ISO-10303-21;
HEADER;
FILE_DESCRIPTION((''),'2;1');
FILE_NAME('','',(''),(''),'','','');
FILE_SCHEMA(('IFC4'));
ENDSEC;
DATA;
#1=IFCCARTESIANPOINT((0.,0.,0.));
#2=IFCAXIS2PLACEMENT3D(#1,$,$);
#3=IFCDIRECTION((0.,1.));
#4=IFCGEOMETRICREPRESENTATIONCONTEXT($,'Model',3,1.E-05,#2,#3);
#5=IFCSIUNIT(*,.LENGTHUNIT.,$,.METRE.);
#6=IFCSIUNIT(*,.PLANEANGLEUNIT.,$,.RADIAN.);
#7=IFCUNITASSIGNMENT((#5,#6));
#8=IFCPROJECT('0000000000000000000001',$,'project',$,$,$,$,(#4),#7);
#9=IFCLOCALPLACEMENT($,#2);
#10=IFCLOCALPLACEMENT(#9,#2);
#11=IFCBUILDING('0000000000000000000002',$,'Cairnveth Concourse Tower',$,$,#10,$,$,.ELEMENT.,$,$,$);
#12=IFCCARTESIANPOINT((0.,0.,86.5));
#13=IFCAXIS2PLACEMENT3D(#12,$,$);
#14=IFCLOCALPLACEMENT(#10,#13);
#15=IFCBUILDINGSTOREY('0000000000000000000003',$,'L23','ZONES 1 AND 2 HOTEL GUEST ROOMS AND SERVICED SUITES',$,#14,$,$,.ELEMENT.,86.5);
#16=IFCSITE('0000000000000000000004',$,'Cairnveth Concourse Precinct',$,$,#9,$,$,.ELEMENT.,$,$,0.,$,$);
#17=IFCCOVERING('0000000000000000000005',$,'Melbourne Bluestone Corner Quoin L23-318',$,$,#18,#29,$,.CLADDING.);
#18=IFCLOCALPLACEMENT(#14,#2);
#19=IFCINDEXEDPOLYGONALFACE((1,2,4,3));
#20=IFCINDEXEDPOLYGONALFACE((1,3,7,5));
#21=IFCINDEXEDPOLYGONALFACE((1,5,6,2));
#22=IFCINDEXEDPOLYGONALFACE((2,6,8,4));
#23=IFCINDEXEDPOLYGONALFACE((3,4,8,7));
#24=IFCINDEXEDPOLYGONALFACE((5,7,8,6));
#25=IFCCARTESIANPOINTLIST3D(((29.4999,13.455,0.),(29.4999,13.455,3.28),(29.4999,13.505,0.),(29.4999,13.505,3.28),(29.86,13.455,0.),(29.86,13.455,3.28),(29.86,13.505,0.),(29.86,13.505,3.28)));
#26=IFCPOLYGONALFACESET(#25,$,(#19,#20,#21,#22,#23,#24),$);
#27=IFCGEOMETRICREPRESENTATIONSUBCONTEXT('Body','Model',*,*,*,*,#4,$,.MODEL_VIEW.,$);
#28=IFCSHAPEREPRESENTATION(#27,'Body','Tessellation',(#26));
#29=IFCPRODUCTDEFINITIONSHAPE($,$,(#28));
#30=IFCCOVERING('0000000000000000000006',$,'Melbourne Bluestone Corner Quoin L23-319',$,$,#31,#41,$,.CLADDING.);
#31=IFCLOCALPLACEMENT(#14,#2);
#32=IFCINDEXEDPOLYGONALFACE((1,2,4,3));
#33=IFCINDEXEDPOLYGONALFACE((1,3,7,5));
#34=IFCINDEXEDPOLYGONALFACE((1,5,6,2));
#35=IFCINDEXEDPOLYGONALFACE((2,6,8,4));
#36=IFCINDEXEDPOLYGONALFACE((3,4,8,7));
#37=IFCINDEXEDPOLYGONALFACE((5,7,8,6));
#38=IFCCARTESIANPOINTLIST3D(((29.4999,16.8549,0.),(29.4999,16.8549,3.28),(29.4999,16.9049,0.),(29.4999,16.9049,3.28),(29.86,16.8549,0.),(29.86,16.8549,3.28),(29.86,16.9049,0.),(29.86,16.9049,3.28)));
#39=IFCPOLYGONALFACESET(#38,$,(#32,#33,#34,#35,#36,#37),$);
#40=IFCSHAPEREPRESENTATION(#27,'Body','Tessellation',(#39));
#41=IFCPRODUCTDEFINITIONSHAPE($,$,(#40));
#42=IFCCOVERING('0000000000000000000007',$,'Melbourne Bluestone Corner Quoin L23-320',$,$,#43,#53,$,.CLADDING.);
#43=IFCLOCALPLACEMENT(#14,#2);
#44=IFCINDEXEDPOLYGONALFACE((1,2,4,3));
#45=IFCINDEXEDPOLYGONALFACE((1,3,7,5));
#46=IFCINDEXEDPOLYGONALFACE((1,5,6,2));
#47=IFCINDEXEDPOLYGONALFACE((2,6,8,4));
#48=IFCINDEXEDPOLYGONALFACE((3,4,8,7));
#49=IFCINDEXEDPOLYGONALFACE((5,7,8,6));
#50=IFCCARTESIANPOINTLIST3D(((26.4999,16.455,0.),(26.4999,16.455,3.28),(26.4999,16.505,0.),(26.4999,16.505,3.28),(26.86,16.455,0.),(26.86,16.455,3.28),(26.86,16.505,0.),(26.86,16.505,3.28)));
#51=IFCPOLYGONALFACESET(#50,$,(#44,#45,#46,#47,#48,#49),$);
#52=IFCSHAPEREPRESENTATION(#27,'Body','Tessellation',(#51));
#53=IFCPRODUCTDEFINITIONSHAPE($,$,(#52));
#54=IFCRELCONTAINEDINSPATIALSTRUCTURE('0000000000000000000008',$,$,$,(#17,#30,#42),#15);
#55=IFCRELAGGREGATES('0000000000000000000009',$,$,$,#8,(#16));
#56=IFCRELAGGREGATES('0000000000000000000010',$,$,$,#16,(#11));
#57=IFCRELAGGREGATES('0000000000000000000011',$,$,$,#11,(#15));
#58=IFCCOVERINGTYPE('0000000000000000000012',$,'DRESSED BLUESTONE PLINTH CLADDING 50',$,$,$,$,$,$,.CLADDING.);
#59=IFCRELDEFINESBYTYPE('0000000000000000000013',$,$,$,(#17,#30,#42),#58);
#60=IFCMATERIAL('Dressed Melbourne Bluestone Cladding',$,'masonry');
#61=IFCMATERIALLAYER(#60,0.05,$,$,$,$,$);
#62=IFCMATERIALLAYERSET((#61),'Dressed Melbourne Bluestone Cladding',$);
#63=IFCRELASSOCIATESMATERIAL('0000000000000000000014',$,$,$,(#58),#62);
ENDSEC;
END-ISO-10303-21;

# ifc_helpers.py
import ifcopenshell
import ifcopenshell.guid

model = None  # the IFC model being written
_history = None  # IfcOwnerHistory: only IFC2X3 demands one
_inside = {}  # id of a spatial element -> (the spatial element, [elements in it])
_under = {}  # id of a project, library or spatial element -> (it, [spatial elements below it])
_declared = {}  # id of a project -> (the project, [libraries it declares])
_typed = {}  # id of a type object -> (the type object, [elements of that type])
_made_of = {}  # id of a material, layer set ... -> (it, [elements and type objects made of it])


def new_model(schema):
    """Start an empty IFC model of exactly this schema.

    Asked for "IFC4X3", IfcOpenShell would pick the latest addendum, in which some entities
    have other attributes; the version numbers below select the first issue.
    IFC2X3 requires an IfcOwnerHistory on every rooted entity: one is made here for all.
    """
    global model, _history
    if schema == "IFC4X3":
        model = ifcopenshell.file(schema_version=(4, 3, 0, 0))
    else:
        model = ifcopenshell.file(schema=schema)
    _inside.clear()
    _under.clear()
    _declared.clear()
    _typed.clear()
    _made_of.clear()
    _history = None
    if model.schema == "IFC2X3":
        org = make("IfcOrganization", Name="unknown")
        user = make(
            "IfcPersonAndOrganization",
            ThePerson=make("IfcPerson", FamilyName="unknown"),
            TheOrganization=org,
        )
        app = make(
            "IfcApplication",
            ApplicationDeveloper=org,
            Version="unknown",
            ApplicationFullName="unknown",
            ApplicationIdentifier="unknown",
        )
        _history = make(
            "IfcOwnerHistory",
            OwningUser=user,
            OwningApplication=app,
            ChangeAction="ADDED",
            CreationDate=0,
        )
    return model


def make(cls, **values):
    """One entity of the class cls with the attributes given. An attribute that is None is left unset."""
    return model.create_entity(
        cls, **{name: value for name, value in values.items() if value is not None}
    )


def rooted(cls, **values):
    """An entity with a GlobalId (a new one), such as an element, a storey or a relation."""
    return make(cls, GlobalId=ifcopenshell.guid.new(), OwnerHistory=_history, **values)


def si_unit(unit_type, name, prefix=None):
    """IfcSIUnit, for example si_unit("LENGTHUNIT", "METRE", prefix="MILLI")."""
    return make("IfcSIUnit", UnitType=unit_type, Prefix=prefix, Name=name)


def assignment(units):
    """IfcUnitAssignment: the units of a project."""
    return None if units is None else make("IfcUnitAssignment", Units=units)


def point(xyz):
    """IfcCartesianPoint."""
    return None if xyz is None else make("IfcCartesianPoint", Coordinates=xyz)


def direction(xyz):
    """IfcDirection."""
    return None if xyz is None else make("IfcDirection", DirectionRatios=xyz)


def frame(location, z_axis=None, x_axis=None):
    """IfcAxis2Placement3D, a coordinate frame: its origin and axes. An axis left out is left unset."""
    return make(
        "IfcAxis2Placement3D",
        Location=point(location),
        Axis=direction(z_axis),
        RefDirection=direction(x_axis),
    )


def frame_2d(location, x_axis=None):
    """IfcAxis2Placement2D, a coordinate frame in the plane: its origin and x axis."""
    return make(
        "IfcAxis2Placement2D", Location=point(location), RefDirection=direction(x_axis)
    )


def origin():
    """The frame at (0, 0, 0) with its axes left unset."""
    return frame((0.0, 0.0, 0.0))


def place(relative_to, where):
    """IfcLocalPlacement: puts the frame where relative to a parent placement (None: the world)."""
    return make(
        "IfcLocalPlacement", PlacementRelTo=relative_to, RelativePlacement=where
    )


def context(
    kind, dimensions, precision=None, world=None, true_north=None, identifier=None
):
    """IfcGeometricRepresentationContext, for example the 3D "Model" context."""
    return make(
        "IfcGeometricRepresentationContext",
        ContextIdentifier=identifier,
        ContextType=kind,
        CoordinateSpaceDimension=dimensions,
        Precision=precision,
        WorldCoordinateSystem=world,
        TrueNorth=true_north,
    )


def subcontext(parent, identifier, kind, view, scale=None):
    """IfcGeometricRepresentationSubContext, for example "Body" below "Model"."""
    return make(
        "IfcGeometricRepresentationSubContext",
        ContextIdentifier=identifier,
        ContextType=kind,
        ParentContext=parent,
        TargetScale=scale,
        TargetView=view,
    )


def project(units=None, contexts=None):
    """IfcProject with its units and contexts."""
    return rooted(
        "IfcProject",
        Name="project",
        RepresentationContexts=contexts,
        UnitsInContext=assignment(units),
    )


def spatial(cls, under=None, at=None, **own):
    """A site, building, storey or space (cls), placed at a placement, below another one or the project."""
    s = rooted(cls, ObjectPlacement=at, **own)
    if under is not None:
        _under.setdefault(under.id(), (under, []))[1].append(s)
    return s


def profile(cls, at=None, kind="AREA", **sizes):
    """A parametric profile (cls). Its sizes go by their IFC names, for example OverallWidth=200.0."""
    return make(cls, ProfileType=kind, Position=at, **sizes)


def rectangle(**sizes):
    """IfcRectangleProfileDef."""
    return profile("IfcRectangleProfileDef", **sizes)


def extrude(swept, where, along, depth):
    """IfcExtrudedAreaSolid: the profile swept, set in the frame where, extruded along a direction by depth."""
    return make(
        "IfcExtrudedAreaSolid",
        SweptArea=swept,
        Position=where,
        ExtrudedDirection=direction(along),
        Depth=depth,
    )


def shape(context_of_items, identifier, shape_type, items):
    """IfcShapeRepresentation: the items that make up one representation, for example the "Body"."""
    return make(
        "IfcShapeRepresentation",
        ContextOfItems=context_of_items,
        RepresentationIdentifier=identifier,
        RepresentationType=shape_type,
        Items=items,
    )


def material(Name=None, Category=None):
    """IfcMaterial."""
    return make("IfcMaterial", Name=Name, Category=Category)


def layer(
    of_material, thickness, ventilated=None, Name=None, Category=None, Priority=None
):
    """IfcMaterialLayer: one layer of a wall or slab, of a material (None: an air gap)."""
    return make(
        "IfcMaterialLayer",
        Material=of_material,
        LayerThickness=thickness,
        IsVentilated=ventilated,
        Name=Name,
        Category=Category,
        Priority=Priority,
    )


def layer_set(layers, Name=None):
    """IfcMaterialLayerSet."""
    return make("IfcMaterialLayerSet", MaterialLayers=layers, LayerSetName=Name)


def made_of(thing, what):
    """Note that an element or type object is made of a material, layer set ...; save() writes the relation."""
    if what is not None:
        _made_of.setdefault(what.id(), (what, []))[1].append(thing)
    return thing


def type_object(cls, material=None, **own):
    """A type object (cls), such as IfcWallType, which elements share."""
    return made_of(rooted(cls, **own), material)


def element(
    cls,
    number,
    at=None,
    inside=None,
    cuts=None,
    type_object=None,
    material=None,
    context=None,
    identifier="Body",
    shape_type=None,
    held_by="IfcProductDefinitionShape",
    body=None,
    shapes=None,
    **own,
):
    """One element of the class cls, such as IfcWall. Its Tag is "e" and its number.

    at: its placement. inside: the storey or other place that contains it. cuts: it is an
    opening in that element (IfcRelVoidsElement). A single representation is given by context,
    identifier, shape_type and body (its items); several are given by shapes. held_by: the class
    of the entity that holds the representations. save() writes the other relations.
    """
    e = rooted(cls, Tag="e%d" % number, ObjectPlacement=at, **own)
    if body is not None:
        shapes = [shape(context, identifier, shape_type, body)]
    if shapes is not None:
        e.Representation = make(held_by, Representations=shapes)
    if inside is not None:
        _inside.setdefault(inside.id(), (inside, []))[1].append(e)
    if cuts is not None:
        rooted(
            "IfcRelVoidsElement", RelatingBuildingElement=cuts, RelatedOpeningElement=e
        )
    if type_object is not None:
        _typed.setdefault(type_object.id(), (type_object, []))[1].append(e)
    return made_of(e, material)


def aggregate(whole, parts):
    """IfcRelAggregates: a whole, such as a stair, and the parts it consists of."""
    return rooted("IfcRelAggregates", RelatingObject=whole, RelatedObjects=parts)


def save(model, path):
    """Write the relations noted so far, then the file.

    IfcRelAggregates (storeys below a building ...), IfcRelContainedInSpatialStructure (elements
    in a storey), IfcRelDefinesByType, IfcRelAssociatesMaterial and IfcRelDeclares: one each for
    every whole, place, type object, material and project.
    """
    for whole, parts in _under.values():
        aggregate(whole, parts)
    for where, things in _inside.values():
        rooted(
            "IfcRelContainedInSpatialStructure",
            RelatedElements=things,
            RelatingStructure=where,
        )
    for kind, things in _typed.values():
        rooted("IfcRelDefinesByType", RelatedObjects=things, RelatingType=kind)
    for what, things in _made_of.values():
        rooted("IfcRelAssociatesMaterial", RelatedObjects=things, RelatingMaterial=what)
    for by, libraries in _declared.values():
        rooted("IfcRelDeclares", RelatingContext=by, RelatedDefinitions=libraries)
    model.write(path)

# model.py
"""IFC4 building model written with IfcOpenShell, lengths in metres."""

from ifc_helpers import new_model, si_unit, direction, frame, frame_2d, origin, place, context, subcontext, project, spatial, rectangle, extrude, material, layer, layer_set, type_object, element, save


model = new_model("IFC4")

# Units and contexts
model_context = context("Model", 3, precision=1e-05, world=origin(), true_north=direction((0.0, 1.0)))
body_context = subcontext(model_context, "Body", "Model", "MODEL_VIEW")
ifc_project = project(units=[si_unit("LENGTHUNIT", "METRE"), si_unit("PLANEANGLEUNIT", "RADIAN")], contexts=[model_context])

# Site, building, storey
site_placement = place(None, origin())
site = spatial("IfcSite", under=ifc_project, at=site_placement, Name="Cairnveth Concourse Precinct", CompositionType="ELEMENT", RefElevation=0.0)
building_placement = place(site_placement, origin())
building = spatial("IfcBuilding", under=site, at=building_placement, Name="Cairnveth Concourse Tower", CompositionType="ELEMENT")
storey_placement = place(building_placement, frame((0.0, 0.0, 86.5)))
storey = spatial("IfcBuildingStorey", under=building, at=storey_placement, Name="L23", Description="ZONES 1 AND 2 HOTEL GUEST ROOMS AND SERVICED SUITES", CompositionType="ELEMENT", Elevation=86.5)

# Coverings
ifc_material_1 = material(Name="Dressed Melbourne Bluestone Cladding", Category="masonry")
ifc_layer_1 = layer(ifc_material_1, 0.05)
ifc_layer_set_1 = layer_set([ifc_layer_1], Name="Dressed Melbourne Bluestone Cladding")
covering_type = type_object("IfcCoveringType", Name="DRESSED BLUESTONE PLINTH CLADDING 50", PredefinedType="CLADDING", material=ifc_layer_set_1)
for number, where, z_axis, x_axis, name in (
    (1, (29.8601, 13.48, 0.0), (0.0, 0.0, 1.0), (-1.0, 0.0, 0.0), "Melbourne Bluestone Corner Quoin L23-318"),
    (2, (29.8601, 16.8799, 0.0), (0.0, 0.0, 1.0), (-1.0, 0.0, 0.0), "Melbourne Bluestone Corner Quoin L23-319"),
    (3, (26.8601, 16.48, 0.0), (0.0, 0.0, 1.0), (-1.0, 0.0, 0.0), "Melbourne Bluestone Corner Quoin L23-320"),
):
    element("IfcCovering", number, at=place(storey_placement, frame(where, z_axis=z_axis, x_axis=x_axis)), inside=storey, type_object=covering_type, Name=name, PredefinedType="CLADDING", context=body_context, shape_type="SweptSolid", body=[
        extrude(rectangle(XDim=0.3601, YDim=0.05, at=frame_2d((0.1802, 0.0))), origin(), (0.0, 0.0, 1.0), 3.28),
    ])

save(model, "model.ifc")
